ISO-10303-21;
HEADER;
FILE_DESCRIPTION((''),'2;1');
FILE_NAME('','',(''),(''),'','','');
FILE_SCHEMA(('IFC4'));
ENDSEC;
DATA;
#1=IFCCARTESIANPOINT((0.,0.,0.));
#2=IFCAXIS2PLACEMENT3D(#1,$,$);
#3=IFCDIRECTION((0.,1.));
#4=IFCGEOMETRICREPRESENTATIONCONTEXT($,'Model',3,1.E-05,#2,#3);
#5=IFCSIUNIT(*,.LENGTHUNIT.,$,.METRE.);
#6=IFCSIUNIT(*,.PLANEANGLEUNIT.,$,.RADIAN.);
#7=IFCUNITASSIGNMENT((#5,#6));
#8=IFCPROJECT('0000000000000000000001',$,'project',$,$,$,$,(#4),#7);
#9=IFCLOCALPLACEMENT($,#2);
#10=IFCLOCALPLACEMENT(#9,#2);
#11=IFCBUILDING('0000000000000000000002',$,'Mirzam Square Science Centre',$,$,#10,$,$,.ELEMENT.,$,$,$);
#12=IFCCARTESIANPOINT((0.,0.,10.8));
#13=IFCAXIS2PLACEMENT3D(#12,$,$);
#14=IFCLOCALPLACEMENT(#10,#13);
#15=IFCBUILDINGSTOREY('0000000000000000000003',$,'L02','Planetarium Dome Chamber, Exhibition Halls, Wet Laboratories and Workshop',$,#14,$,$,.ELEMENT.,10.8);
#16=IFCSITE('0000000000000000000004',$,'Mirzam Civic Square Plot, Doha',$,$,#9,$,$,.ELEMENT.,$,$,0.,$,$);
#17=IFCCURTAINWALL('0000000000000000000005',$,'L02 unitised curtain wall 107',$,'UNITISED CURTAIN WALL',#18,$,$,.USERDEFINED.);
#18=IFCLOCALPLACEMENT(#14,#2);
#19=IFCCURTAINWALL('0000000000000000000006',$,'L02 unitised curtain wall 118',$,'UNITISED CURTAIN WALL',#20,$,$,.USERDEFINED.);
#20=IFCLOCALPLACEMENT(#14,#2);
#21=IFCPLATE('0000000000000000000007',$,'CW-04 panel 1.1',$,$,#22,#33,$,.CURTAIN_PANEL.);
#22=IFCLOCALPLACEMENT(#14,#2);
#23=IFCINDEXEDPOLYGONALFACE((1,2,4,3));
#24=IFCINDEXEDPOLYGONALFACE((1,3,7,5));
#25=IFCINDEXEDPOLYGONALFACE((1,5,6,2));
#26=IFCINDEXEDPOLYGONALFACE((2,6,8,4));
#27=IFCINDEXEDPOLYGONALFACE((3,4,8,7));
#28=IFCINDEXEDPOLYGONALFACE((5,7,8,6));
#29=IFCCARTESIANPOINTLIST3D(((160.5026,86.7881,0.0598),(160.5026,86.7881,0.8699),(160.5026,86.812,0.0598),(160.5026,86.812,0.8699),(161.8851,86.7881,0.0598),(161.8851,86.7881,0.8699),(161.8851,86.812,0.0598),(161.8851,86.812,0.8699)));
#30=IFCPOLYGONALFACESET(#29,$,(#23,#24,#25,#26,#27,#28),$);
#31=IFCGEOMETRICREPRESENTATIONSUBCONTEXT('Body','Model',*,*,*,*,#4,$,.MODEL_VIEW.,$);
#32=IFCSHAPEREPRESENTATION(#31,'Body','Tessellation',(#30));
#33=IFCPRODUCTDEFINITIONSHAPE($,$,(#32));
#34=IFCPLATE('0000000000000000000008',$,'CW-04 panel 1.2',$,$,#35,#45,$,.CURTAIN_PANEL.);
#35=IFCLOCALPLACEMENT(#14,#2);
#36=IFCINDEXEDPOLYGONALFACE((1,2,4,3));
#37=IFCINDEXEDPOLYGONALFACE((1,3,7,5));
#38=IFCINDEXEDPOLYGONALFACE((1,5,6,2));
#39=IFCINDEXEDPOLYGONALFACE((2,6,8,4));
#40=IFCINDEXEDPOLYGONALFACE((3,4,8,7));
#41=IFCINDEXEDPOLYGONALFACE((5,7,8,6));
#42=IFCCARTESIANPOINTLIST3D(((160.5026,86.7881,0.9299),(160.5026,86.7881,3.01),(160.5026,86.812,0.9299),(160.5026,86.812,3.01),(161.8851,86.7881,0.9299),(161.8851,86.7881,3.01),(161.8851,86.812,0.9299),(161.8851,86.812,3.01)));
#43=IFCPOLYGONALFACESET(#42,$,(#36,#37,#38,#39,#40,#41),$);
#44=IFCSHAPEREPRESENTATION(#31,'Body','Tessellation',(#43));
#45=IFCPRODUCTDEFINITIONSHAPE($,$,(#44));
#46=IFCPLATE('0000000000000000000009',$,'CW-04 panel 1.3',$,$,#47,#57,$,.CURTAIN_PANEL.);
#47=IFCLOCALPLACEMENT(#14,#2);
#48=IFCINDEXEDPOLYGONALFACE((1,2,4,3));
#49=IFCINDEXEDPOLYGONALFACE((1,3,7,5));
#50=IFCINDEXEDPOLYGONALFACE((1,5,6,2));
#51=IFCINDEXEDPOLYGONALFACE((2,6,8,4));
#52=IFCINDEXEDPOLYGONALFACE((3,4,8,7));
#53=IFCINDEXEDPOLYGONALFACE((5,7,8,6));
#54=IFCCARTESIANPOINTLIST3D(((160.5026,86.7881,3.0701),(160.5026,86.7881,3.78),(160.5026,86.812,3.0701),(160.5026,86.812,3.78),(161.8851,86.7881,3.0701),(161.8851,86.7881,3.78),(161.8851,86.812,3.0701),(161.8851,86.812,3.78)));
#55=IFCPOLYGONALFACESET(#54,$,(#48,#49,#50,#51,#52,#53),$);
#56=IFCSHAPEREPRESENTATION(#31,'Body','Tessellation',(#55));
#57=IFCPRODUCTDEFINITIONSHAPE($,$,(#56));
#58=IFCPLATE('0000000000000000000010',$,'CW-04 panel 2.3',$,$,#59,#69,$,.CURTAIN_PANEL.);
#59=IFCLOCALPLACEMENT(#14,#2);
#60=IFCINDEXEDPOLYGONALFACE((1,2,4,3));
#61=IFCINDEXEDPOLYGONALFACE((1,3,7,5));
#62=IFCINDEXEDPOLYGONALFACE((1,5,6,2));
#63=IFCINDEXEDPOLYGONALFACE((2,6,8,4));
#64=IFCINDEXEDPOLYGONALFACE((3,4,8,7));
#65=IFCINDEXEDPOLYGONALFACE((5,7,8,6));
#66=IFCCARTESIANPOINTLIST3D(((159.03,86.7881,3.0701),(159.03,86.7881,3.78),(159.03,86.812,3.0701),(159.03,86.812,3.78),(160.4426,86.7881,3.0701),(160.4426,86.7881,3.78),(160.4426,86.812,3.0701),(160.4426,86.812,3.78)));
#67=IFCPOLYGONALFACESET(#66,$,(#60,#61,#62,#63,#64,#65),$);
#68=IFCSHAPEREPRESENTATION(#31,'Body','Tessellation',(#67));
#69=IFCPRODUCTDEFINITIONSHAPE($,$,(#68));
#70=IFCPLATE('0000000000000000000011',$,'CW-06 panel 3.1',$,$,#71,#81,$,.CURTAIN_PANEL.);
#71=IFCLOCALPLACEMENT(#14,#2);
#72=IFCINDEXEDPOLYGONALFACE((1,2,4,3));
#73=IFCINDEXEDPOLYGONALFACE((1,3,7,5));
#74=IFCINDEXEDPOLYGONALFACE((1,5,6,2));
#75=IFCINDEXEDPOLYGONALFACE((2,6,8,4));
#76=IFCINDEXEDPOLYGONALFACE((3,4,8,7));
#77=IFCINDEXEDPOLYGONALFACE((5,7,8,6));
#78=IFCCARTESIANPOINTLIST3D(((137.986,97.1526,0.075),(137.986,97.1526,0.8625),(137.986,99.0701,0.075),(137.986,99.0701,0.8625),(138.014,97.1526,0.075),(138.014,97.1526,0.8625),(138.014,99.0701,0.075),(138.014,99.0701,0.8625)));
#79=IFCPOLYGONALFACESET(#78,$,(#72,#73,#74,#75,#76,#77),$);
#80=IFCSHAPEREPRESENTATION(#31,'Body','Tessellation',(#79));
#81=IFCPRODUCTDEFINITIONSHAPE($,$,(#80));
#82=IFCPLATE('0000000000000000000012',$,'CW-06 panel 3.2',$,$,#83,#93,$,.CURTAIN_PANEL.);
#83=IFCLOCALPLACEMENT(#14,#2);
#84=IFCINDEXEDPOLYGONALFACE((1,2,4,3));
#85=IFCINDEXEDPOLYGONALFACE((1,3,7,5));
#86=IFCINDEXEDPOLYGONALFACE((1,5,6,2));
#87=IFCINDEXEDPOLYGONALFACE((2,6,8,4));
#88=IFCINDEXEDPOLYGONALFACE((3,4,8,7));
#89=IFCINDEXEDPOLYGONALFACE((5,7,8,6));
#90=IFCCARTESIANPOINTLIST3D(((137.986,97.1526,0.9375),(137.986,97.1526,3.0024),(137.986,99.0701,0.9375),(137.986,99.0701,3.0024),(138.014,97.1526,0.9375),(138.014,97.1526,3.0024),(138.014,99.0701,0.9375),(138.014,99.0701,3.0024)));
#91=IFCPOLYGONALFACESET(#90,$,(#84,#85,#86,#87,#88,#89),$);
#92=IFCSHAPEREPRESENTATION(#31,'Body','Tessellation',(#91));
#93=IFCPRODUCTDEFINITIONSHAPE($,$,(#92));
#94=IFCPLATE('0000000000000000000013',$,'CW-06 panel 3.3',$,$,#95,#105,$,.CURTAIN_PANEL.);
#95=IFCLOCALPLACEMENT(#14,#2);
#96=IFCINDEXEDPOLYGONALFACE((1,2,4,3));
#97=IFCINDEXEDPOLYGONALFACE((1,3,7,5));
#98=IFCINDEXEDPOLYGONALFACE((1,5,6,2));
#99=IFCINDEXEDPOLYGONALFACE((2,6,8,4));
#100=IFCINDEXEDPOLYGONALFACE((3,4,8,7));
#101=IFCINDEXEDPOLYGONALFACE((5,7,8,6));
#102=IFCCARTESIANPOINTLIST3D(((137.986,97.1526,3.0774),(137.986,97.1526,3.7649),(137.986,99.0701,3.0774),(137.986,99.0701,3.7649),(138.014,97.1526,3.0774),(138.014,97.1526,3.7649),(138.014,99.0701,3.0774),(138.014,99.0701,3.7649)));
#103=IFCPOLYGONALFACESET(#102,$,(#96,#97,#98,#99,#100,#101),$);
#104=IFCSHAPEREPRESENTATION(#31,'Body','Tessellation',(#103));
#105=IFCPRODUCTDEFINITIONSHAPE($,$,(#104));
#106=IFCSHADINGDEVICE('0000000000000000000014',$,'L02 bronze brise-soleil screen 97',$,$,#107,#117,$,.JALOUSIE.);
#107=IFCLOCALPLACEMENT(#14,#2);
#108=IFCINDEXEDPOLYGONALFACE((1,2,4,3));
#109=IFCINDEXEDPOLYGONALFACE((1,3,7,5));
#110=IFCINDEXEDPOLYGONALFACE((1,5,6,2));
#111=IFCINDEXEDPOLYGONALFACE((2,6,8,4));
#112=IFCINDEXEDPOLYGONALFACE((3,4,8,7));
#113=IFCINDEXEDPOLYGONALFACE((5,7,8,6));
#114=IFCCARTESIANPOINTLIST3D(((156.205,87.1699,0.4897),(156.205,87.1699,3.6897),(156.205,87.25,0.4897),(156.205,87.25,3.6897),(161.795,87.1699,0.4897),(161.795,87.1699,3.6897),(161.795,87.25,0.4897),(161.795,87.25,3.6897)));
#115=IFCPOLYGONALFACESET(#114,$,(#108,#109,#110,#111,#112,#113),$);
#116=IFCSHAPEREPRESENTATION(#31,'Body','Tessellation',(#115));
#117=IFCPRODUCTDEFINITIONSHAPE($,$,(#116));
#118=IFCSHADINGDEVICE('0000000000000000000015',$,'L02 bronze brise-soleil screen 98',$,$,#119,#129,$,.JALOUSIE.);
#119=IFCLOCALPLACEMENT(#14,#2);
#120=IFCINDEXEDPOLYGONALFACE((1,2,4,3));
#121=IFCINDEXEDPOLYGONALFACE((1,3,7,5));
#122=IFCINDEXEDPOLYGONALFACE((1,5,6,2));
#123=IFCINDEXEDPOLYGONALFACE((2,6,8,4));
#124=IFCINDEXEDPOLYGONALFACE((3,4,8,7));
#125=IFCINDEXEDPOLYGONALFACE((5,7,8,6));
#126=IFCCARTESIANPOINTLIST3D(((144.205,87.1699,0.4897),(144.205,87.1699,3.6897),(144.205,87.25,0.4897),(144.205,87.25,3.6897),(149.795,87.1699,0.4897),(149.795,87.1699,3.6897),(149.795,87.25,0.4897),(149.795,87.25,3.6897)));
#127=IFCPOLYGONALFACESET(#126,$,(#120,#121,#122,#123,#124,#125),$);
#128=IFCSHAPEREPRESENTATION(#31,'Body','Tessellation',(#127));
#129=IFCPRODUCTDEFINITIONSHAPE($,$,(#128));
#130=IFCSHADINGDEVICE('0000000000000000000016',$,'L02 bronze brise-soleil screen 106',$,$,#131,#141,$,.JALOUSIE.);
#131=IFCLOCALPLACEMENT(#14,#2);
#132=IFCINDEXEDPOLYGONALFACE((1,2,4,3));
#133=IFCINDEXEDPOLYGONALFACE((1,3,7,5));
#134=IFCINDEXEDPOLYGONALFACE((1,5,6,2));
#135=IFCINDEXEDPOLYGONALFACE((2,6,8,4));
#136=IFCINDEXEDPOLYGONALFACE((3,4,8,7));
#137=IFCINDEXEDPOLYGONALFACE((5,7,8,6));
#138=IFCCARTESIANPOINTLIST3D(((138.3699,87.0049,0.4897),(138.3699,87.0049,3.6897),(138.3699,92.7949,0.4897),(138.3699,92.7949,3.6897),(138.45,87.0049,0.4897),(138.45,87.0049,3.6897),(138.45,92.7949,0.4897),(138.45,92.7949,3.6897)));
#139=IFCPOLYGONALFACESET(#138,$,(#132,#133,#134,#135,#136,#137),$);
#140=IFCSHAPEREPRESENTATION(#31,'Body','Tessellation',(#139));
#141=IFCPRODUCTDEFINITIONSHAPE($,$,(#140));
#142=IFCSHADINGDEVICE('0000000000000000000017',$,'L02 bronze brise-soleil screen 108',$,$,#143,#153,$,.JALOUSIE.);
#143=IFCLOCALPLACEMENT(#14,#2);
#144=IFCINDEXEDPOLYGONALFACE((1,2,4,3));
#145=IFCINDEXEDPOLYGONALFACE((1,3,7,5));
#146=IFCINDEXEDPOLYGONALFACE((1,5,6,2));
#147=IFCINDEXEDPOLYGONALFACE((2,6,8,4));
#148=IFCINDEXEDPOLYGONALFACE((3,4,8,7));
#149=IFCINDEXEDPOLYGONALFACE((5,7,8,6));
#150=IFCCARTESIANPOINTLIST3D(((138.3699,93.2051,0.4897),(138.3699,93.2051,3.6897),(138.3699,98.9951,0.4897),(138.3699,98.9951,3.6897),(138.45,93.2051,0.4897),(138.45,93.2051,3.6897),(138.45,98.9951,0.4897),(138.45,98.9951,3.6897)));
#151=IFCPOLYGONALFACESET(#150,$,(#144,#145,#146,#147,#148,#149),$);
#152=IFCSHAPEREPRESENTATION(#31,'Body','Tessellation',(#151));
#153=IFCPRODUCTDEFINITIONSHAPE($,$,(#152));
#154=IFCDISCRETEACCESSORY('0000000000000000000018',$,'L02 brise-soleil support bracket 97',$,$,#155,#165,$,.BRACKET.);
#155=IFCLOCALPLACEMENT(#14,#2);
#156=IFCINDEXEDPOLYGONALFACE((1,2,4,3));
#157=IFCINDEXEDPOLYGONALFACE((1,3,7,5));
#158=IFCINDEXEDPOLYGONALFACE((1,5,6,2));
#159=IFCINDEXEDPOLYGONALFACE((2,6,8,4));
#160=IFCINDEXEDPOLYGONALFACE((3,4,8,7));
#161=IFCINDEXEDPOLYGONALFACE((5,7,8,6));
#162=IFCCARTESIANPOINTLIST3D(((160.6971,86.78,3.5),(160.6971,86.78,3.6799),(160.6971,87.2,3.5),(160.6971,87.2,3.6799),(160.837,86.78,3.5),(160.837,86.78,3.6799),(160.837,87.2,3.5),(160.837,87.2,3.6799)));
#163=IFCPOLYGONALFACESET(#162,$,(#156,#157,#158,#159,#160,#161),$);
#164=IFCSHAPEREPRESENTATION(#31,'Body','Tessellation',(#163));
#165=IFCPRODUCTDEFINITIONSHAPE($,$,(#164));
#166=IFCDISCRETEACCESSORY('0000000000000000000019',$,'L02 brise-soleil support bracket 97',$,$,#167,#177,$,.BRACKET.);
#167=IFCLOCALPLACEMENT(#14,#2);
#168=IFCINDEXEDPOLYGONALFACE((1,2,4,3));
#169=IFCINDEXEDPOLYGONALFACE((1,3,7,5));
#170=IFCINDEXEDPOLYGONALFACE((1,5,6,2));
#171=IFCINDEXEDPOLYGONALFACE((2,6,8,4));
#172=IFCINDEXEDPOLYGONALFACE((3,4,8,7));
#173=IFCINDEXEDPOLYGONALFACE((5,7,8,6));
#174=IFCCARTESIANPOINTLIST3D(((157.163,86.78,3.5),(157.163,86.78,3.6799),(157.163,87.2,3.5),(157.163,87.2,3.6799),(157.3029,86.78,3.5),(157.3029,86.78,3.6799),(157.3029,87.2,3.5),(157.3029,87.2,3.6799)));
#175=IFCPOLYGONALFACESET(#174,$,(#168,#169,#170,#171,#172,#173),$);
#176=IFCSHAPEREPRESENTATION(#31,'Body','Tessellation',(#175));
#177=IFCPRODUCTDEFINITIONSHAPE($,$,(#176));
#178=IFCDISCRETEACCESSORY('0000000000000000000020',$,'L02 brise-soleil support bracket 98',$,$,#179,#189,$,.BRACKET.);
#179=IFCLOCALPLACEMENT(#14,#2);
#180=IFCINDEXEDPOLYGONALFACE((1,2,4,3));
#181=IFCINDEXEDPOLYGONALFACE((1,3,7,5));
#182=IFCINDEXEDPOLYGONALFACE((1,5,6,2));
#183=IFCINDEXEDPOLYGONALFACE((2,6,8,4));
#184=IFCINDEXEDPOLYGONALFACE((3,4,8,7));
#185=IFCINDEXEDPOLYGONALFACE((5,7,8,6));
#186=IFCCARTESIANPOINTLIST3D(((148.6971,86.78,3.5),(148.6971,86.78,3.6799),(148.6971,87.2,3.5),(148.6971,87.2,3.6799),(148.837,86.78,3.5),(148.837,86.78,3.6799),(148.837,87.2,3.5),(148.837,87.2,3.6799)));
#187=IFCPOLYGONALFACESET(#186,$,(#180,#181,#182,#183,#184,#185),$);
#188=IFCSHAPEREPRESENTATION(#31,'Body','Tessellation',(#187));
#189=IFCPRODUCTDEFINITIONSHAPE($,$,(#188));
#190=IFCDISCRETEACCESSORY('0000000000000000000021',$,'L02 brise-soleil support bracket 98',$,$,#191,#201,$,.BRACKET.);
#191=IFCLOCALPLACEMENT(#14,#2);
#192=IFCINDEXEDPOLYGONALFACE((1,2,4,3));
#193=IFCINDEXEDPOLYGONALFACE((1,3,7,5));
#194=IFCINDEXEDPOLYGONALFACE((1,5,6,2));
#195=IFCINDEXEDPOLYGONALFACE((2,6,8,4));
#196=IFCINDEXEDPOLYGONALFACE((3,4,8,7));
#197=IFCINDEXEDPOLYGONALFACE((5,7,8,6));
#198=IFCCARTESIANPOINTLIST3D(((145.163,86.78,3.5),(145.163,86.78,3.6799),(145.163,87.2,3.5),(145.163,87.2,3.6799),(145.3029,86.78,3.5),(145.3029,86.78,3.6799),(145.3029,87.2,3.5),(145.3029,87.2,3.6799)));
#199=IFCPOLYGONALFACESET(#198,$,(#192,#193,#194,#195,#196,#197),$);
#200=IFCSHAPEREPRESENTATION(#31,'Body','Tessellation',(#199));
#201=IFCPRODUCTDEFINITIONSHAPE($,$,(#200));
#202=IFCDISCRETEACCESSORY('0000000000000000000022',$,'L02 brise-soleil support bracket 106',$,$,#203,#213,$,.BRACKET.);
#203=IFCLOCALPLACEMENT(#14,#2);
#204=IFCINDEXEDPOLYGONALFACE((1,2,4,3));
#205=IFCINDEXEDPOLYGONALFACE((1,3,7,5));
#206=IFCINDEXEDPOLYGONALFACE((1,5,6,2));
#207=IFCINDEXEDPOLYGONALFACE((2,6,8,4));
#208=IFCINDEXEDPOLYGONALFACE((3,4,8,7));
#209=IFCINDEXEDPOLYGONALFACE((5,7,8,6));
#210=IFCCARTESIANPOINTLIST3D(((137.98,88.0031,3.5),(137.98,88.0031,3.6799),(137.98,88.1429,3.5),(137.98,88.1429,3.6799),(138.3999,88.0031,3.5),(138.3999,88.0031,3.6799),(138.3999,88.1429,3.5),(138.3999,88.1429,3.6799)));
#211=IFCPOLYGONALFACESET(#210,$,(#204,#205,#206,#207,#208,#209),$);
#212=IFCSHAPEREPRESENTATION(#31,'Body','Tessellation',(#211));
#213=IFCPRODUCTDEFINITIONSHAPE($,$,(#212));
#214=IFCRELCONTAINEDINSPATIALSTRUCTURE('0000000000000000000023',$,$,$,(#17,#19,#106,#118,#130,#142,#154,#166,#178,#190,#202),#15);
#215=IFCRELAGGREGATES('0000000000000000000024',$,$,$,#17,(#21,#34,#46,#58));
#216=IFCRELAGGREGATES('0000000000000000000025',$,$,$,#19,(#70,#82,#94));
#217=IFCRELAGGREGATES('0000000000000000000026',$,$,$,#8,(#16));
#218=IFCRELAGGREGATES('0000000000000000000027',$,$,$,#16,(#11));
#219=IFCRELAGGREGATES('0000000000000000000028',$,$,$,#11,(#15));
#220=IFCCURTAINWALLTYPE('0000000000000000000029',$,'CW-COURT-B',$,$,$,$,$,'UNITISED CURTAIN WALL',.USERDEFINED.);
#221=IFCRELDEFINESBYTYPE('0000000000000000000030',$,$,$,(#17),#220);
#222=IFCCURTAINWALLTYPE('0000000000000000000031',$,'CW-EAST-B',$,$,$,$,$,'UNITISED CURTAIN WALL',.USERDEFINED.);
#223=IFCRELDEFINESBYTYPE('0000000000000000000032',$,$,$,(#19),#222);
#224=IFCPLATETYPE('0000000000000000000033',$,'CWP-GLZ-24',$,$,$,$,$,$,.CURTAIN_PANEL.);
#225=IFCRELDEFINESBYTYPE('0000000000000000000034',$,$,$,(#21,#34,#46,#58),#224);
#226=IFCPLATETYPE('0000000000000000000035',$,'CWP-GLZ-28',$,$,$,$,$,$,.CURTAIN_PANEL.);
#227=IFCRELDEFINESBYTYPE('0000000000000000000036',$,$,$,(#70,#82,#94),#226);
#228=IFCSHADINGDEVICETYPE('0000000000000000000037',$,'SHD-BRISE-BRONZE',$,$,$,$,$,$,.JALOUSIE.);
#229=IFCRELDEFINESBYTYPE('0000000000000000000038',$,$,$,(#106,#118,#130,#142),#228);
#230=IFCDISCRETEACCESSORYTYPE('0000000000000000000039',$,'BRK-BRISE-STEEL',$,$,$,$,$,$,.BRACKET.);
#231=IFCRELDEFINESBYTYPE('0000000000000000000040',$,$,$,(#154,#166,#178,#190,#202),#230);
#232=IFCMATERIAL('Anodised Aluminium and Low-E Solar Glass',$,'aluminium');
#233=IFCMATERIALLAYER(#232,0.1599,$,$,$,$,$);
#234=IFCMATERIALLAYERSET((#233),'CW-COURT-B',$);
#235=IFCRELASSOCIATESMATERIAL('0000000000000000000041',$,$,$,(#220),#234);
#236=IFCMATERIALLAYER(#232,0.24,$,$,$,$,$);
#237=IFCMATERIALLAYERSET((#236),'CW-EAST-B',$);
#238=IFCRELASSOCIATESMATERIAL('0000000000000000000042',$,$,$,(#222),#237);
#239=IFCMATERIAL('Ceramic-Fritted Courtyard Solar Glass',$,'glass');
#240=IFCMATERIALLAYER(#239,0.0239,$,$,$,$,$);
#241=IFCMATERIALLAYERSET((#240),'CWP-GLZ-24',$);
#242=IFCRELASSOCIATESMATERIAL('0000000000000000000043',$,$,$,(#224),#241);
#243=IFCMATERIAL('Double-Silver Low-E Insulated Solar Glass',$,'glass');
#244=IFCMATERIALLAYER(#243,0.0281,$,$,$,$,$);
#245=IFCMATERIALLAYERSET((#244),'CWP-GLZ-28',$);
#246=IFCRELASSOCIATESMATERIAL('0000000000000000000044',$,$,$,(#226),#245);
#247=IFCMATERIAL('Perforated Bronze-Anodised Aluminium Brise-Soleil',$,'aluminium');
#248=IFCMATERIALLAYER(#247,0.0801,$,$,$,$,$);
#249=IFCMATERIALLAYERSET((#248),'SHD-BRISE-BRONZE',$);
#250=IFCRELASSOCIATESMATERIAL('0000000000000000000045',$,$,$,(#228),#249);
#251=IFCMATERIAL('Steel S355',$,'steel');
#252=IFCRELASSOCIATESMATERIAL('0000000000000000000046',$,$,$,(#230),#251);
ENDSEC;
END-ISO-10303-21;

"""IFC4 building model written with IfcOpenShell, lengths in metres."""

from ifc_helpers import new_model, si_unit, direction, frame, origin, origin_2d, place, context, subcontext, project, spatial, rectangle, extrude, material, layer, layer_set, type_object, element, aggregate, save


model = new_model("IFC4")

# Units and contexts
model_context = context("Model", 3, precision=1e-05, world=origin(), true_north=direction((0.0, 1.0)))
body_context = subcontext(model_context, "Body", "Model", "MODEL_VIEW")
ifc_project = project(units=[si_unit("LENGTHUNIT", "METRE"), si_unit("PLANEANGLEUNIT", "RADIAN")], contexts=[model_context])

# Site, building, storey
site_placement = place(None, origin())
site = spatial("IfcSite", under=ifc_project, at=site_placement, Name="Mirzam Civic Square Plot, Doha", CompositionType="ELEMENT", RefElevation=0.0)
building_placement = place(site_placement, origin())
building = spatial("IfcBuilding", under=site, at=building_placement, Name="Mirzam Square Science Centre", CompositionType="ELEMENT")
storey_placement = place(building_placement, frame((0.0, 0.0, 10.8)))
storey = spatial("IfcBuildingStorey", under=building, at=storey_placement, Name="L02", Description="Planetarium Dome Chamber, Exhibition Halls, Wet Laboratories and Workshop", CompositionType="ELEMENT", Elevation=10.8)

# Shared definitions
ifc_material_1 = material(Name="Steel S355", Category="steel")

# Curtain wall
ifc_material_2 = material(Name="Anodised Aluminium and Low-E Solar Glass", Category="aluminium")
ifc_layer_1 = layer(ifc_material_2, 0.1599)
ifc_layer_set_1 = layer_set([ifc_layer_1], Name="CW-COURT-B")
curtain_wall_type_1 = type_object("IfcCurtainWallType", Name="CW-COURT-B", ElementType="UNITISED CURTAIN WALL", PredefinedType="USERDEFINED", material=ifc_layer_set_1)
curtain_wall_1_placement = place(storey_placement, origin())
curtain_wall_1 = element("IfcCurtainWall", 1, at=curtain_wall_1_placement, inside=storey, type_object=curtain_wall_type_1, Name="L02 unitised curtain wall 107", ObjectType="UNITISED CURTAIN WALL", PredefinedType="USERDEFINED")

# Curtain wall
ifc_layer_2 = layer(ifc_material_2, 0.24)
ifc_layer_set_2 = layer_set([ifc_layer_2], Name="CW-EAST-B")
curtain_wall_type_2 = type_object("IfcCurtainWallType", Name="CW-EAST-B", ElementType="UNITISED CURTAIN WALL", PredefinedType="USERDEFINED", material=ifc_layer_set_2)
curtain_wall_2_placement = place(storey_placement, origin())
curtain_wall_2 = element("IfcCurtainWall", 2, at=curtain_wall_2_placement, inside=storey, type_object=curtain_wall_type_2, Name="L02 unitised curtain wall 118", ObjectType="UNITISED CURTAIN WALL", PredefinedType="USERDEFINED")

# Plates
ifc_material_3 = material(Name="Ceramic-Fritted Courtyard Solar Glass", Category="glass")
ifc_layer_3 = layer(ifc_material_3, 0.0239)
ifc_layer_set_3 = layer_set([ifc_layer_3], Name="CWP-GLZ-24")
plate_type_1 = type_object("IfcPlateType", Name="CWP-GLZ-24", PredefinedType="CURTAIN_PANEL", material=ifc_layer_set_3)
plate_1_placement = place(storey_placement, frame((161.1938, 86.8, 0.0598), z_axis=(0.0, 0.0, 1.0), x_axis=(-1.0, 0.0, 0.0)))
plate_1 = element("IfcPlate", 3, at=plate_1_placement, type_object=plate_type_1, Name="CW-04 panel 1.1", PredefinedType="CURTAIN_PANEL", context=body_context, shape_type="SweptSolid", body=[
    extrude(rectangle(XDim=1.3826, YDim=0.0239, at=origin_2d()), origin(), (0.0, 0.0, 1.0), 0.8101),
])
plate_2_placement = place(storey_placement, frame((161.1938, 86.8, 0.9299), z_axis=(0.0, 0.0, 1.0), x_axis=(-1.0, 0.0, 0.0)))
plate_2 = element("IfcPlate", 4, at=plate_2_placement, type_object=plate_type_1, Name="CW-04 panel 1.2", PredefinedType="CURTAIN_PANEL", context=body_context, shape_type="SweptSolid", body=[
    extrude(rectangle(XDim=1.3826, YDim=0.0239, at=origin_2d()), origin(), (0.0, 0.0, 1.0), 2.0801),
])
plate_3_placement = place(storey_placement, frame((161.1938, 86.8, 3.0701), z_axis=(0.0, 0.0, 1.0), x_axis=(-1.0, 0.0, 0.0)))
plate_3 = element("IfcPlate", 5, at=plate_3_placement, type_object=plate_type_1, Name="CW-04 panel 1.3", PredefinedType="CURTAIN_PANEL", context=body_context, shape_type="SweptSolid", body=[
    extrude(rectangle(XDim=1.3826, YDim=0.0239, at=origin_2d()), origin(), (0.0, 0.0, 1.0), 0.71),
])
plate_4_placement = place(storey_placement, frame((159.7363, 86.8, 3.0701), z_axis=(0.0, 0.0, 1.0), x_axis=(-1.0, 0.0, 0.0)))
plate_4 = element("IfcPlate", 6, at=plate_4_placement, type_object=plate_type_1, Name="CW-04 panel 2.3", PredefinedType="CURTAIN_PANEL", context=body_context, shape_type="SweptSolid", body=[
    extrude(rectangle(XDim=1.4126, YDim=0.0239, at=origin_2d()), origin(), (0.0, 0.0, 1.0), 0.71),
])
aggregate(curtain_wall_1, [plate_1, plate_2, plate_3, plate_4])
ifc_material_4 = material(Name="Double-Silver Low-E Insulated Solar Glass", Category="glass")
ifc_layer_4 = layer(ifc_material_4, 0.0281)
ifc_layer_set_4 = layer_set([ifc_layer_4], Name="CWP-GLZ-28")
plate_type_2 = type_object("IfcPlateType", Name="CWP-GLZ-28", PredefinedType="CURTAIN_PANEL", material=ifc_layer_set_4)
plate_5_placement = place(storey_placement, frame((138.0, 98.1113, 0.075), z_axis=(0.0, 0.0, 1.0), x_axis=(0.0, 1.0, 0.0)))
plate_5 = element("IfcPlate", 7, at=plate_5_placement, type_object=plate_type_2, Name="CW-06 panel 3.1", PredefinedType="CURTAIN_PANEL", context=body_context, shape_type="SweptSolid", body=[
    extrude(rectangle(XDim=1.9175, YDim=0.0281, at=origin_2d()), origin(), (0.0, 0.0, 1.0), 0.7876),
])
plate_6_placement = place(storey_placement, frame((138.0, 98.1113, 0.9375), z_axis=(0.0, 0.0, 1.0), x_axis=(0.0, 1.0, 0.0)))
plate_6 = element("IfcPlate", 8, at=plate_6_placement, type_object=plate_type_2, Name="CW-06 panel 3.2", PredefinedType="CURTAIN_PANEL", context=body_context, shape_type="SweptSolid", body=[
    extrude(rectangle(XDim=1.9175, YDim=0.0281, at=origin_2d()), origin(), (0.0, 0.0, 1.0), 2.0649),
])
plate_7_placement = place(storey_placement, frame((138.0, 98.1113, 3.0774), z_axis=(0.0, 0.0, 1.0), x_axis=(0.0, 1.0, 0.0)))
plate_7 = element("IfcPlate", 9, at=plate_7_placement, type_object=plate_type_2, Name="CW-06 panel 3.3", PredefinedType="CURTAIN_PANEL", context=body_context, shape_type="SweptSolid", body=[
    extrude(rectangle(XDim=1.9175, YDim=0.0281, at=origin_2d()), origin(), (0.0, 0.0, 1.0), 0.6875),
])
aggregate(curtain_wall_2, [plate_5, plate_6, plate_7])

# Shading devices
ifc_material_5 = material(Name="Perforated Bronze-Anodised Aluminium Brise-Soleil", Category="aluminium")
ifc_layer_5 = layer(ifc_material_5, 0.0801)
ifc_layer_set_5 = layer_set([ifc_layer_5], Name="SHD-BRISE-BRONZE")
shading_device_type = type_object("IfcShadingDeviceType", Name="SHD-BRISE-BRONZE", PredefinedType="JALOUSIE", material=ifc_layer_set_5)
for number, where, z_axis, x_axis, name in (
    (10, (159.0, 87.21, 0.4897), (0.0, 0.0, 1.0), (-1.0, 0.0, 0.0), "L02 bronze brise-soleil screen 97"),
    (11, (147.0, 87.21, 0.4897), (0.0, 0.0, 1.0), (-1.0, 0.0, 0.0), "L02 bronze brise-soleil screen 98"),
):
    element("IfcShadingDevice", number, at=place(storey_placement, frame(where, z_axis=z_axis, x_axis=x_axis)), inside=storey, type_object=shading_device_type, Name=name, PredefinedType="JALOUSIE", context=body_context, shape_type="SweptSolid", body=[
        extrude(rectangle(XDim=5.5901, YDim=0.0801, at=origin_2d()), origin(), (0.0, 0.0, 1.0), 3.2),
    ])
for number, where, z_axis, x_axis, name in (
    (12, (138.4099, 89.8999, 0.4897), (0.0, 0.0, 1.0), (0.0, 1.0, 0.0), "L02 bronze brise-soleil screen 106"),
    (13, (138.4099, 96.1001, 0.4897), (0.0, 0.0, 1.0), (0.0, 1.0, 0.0), "L02 bronze brise-soleil screen 108"),
):
    element("IfcShadingDevice", number, at=place(storey_placement, frame(where, z_axis=z_axis, x_axis=x_axis)), inside=storey, type_object=shading_device_type, Name=name, PredefinedType="JALOUSIE", context=body_context, shape_type="SweptSolid", body=[
        extrude(rectangle(XDim=5.79, YDim=0.0801, at=origin_2d()), origin(), (0.0, 0.0, 1.0), 3.2),
    ])

# Discrete accessories
discrete_accessory_type = type_object("IfcDiscreteAccessoryType", Name="BRK-BRISE-STEEL", PredefinedType="BRACKET", material=ifc_material_1)
for number, where, z_axis, x_axis, name in (
    (14, (160.7671, 86.99, 3.5), (0.0, 0.0, 1.0), (-1.0, 0.0, 0.0), "L02 brise-soleil support bracket 97"),
    (15, (157.2329, 86.99, 3.5), (0.0, 0.0, 1.0), (-1.0, 0.0, 0.0), "L02 brise-soleil support bracket 97"),
    (16, (148.7671, 86.99, 3.5), (0.0, 0.0, 1.0), (-1.0, 0.0, 0.0), "L02 brise-soleil support bracket 98"),
    (17, (145.2329, 86.99, 3.5), (0.0, 0.0, 1.0), (-1.0, 0.0, 0.0), "L02 brise-soleil support bracket 98"),
    (18, (138.1899, 88.073, 3.5), (0.0, 0.0, 1.0), (0.0, 1.0, 0.0), "L02 brise-soleil support bracket 106"),
):
    element("IfcDiscreteAccessory", number, at=place(storey_placement, frame(where, z_axis=z_axis, x_axis=x_axis)), inside=storey, type_object=discrete_accessory_type, Name=name, PredefinedType="BRACKET", context=body_context, shape_type="SweptSolid", body=[
        extrude(rectangle(XDim=0.1399, YDim=0.4199, at=origin_2d()), origin(), (0.0, 0.0, 1.0), 0.1799),
    ])

save(model, "model.ifc")
